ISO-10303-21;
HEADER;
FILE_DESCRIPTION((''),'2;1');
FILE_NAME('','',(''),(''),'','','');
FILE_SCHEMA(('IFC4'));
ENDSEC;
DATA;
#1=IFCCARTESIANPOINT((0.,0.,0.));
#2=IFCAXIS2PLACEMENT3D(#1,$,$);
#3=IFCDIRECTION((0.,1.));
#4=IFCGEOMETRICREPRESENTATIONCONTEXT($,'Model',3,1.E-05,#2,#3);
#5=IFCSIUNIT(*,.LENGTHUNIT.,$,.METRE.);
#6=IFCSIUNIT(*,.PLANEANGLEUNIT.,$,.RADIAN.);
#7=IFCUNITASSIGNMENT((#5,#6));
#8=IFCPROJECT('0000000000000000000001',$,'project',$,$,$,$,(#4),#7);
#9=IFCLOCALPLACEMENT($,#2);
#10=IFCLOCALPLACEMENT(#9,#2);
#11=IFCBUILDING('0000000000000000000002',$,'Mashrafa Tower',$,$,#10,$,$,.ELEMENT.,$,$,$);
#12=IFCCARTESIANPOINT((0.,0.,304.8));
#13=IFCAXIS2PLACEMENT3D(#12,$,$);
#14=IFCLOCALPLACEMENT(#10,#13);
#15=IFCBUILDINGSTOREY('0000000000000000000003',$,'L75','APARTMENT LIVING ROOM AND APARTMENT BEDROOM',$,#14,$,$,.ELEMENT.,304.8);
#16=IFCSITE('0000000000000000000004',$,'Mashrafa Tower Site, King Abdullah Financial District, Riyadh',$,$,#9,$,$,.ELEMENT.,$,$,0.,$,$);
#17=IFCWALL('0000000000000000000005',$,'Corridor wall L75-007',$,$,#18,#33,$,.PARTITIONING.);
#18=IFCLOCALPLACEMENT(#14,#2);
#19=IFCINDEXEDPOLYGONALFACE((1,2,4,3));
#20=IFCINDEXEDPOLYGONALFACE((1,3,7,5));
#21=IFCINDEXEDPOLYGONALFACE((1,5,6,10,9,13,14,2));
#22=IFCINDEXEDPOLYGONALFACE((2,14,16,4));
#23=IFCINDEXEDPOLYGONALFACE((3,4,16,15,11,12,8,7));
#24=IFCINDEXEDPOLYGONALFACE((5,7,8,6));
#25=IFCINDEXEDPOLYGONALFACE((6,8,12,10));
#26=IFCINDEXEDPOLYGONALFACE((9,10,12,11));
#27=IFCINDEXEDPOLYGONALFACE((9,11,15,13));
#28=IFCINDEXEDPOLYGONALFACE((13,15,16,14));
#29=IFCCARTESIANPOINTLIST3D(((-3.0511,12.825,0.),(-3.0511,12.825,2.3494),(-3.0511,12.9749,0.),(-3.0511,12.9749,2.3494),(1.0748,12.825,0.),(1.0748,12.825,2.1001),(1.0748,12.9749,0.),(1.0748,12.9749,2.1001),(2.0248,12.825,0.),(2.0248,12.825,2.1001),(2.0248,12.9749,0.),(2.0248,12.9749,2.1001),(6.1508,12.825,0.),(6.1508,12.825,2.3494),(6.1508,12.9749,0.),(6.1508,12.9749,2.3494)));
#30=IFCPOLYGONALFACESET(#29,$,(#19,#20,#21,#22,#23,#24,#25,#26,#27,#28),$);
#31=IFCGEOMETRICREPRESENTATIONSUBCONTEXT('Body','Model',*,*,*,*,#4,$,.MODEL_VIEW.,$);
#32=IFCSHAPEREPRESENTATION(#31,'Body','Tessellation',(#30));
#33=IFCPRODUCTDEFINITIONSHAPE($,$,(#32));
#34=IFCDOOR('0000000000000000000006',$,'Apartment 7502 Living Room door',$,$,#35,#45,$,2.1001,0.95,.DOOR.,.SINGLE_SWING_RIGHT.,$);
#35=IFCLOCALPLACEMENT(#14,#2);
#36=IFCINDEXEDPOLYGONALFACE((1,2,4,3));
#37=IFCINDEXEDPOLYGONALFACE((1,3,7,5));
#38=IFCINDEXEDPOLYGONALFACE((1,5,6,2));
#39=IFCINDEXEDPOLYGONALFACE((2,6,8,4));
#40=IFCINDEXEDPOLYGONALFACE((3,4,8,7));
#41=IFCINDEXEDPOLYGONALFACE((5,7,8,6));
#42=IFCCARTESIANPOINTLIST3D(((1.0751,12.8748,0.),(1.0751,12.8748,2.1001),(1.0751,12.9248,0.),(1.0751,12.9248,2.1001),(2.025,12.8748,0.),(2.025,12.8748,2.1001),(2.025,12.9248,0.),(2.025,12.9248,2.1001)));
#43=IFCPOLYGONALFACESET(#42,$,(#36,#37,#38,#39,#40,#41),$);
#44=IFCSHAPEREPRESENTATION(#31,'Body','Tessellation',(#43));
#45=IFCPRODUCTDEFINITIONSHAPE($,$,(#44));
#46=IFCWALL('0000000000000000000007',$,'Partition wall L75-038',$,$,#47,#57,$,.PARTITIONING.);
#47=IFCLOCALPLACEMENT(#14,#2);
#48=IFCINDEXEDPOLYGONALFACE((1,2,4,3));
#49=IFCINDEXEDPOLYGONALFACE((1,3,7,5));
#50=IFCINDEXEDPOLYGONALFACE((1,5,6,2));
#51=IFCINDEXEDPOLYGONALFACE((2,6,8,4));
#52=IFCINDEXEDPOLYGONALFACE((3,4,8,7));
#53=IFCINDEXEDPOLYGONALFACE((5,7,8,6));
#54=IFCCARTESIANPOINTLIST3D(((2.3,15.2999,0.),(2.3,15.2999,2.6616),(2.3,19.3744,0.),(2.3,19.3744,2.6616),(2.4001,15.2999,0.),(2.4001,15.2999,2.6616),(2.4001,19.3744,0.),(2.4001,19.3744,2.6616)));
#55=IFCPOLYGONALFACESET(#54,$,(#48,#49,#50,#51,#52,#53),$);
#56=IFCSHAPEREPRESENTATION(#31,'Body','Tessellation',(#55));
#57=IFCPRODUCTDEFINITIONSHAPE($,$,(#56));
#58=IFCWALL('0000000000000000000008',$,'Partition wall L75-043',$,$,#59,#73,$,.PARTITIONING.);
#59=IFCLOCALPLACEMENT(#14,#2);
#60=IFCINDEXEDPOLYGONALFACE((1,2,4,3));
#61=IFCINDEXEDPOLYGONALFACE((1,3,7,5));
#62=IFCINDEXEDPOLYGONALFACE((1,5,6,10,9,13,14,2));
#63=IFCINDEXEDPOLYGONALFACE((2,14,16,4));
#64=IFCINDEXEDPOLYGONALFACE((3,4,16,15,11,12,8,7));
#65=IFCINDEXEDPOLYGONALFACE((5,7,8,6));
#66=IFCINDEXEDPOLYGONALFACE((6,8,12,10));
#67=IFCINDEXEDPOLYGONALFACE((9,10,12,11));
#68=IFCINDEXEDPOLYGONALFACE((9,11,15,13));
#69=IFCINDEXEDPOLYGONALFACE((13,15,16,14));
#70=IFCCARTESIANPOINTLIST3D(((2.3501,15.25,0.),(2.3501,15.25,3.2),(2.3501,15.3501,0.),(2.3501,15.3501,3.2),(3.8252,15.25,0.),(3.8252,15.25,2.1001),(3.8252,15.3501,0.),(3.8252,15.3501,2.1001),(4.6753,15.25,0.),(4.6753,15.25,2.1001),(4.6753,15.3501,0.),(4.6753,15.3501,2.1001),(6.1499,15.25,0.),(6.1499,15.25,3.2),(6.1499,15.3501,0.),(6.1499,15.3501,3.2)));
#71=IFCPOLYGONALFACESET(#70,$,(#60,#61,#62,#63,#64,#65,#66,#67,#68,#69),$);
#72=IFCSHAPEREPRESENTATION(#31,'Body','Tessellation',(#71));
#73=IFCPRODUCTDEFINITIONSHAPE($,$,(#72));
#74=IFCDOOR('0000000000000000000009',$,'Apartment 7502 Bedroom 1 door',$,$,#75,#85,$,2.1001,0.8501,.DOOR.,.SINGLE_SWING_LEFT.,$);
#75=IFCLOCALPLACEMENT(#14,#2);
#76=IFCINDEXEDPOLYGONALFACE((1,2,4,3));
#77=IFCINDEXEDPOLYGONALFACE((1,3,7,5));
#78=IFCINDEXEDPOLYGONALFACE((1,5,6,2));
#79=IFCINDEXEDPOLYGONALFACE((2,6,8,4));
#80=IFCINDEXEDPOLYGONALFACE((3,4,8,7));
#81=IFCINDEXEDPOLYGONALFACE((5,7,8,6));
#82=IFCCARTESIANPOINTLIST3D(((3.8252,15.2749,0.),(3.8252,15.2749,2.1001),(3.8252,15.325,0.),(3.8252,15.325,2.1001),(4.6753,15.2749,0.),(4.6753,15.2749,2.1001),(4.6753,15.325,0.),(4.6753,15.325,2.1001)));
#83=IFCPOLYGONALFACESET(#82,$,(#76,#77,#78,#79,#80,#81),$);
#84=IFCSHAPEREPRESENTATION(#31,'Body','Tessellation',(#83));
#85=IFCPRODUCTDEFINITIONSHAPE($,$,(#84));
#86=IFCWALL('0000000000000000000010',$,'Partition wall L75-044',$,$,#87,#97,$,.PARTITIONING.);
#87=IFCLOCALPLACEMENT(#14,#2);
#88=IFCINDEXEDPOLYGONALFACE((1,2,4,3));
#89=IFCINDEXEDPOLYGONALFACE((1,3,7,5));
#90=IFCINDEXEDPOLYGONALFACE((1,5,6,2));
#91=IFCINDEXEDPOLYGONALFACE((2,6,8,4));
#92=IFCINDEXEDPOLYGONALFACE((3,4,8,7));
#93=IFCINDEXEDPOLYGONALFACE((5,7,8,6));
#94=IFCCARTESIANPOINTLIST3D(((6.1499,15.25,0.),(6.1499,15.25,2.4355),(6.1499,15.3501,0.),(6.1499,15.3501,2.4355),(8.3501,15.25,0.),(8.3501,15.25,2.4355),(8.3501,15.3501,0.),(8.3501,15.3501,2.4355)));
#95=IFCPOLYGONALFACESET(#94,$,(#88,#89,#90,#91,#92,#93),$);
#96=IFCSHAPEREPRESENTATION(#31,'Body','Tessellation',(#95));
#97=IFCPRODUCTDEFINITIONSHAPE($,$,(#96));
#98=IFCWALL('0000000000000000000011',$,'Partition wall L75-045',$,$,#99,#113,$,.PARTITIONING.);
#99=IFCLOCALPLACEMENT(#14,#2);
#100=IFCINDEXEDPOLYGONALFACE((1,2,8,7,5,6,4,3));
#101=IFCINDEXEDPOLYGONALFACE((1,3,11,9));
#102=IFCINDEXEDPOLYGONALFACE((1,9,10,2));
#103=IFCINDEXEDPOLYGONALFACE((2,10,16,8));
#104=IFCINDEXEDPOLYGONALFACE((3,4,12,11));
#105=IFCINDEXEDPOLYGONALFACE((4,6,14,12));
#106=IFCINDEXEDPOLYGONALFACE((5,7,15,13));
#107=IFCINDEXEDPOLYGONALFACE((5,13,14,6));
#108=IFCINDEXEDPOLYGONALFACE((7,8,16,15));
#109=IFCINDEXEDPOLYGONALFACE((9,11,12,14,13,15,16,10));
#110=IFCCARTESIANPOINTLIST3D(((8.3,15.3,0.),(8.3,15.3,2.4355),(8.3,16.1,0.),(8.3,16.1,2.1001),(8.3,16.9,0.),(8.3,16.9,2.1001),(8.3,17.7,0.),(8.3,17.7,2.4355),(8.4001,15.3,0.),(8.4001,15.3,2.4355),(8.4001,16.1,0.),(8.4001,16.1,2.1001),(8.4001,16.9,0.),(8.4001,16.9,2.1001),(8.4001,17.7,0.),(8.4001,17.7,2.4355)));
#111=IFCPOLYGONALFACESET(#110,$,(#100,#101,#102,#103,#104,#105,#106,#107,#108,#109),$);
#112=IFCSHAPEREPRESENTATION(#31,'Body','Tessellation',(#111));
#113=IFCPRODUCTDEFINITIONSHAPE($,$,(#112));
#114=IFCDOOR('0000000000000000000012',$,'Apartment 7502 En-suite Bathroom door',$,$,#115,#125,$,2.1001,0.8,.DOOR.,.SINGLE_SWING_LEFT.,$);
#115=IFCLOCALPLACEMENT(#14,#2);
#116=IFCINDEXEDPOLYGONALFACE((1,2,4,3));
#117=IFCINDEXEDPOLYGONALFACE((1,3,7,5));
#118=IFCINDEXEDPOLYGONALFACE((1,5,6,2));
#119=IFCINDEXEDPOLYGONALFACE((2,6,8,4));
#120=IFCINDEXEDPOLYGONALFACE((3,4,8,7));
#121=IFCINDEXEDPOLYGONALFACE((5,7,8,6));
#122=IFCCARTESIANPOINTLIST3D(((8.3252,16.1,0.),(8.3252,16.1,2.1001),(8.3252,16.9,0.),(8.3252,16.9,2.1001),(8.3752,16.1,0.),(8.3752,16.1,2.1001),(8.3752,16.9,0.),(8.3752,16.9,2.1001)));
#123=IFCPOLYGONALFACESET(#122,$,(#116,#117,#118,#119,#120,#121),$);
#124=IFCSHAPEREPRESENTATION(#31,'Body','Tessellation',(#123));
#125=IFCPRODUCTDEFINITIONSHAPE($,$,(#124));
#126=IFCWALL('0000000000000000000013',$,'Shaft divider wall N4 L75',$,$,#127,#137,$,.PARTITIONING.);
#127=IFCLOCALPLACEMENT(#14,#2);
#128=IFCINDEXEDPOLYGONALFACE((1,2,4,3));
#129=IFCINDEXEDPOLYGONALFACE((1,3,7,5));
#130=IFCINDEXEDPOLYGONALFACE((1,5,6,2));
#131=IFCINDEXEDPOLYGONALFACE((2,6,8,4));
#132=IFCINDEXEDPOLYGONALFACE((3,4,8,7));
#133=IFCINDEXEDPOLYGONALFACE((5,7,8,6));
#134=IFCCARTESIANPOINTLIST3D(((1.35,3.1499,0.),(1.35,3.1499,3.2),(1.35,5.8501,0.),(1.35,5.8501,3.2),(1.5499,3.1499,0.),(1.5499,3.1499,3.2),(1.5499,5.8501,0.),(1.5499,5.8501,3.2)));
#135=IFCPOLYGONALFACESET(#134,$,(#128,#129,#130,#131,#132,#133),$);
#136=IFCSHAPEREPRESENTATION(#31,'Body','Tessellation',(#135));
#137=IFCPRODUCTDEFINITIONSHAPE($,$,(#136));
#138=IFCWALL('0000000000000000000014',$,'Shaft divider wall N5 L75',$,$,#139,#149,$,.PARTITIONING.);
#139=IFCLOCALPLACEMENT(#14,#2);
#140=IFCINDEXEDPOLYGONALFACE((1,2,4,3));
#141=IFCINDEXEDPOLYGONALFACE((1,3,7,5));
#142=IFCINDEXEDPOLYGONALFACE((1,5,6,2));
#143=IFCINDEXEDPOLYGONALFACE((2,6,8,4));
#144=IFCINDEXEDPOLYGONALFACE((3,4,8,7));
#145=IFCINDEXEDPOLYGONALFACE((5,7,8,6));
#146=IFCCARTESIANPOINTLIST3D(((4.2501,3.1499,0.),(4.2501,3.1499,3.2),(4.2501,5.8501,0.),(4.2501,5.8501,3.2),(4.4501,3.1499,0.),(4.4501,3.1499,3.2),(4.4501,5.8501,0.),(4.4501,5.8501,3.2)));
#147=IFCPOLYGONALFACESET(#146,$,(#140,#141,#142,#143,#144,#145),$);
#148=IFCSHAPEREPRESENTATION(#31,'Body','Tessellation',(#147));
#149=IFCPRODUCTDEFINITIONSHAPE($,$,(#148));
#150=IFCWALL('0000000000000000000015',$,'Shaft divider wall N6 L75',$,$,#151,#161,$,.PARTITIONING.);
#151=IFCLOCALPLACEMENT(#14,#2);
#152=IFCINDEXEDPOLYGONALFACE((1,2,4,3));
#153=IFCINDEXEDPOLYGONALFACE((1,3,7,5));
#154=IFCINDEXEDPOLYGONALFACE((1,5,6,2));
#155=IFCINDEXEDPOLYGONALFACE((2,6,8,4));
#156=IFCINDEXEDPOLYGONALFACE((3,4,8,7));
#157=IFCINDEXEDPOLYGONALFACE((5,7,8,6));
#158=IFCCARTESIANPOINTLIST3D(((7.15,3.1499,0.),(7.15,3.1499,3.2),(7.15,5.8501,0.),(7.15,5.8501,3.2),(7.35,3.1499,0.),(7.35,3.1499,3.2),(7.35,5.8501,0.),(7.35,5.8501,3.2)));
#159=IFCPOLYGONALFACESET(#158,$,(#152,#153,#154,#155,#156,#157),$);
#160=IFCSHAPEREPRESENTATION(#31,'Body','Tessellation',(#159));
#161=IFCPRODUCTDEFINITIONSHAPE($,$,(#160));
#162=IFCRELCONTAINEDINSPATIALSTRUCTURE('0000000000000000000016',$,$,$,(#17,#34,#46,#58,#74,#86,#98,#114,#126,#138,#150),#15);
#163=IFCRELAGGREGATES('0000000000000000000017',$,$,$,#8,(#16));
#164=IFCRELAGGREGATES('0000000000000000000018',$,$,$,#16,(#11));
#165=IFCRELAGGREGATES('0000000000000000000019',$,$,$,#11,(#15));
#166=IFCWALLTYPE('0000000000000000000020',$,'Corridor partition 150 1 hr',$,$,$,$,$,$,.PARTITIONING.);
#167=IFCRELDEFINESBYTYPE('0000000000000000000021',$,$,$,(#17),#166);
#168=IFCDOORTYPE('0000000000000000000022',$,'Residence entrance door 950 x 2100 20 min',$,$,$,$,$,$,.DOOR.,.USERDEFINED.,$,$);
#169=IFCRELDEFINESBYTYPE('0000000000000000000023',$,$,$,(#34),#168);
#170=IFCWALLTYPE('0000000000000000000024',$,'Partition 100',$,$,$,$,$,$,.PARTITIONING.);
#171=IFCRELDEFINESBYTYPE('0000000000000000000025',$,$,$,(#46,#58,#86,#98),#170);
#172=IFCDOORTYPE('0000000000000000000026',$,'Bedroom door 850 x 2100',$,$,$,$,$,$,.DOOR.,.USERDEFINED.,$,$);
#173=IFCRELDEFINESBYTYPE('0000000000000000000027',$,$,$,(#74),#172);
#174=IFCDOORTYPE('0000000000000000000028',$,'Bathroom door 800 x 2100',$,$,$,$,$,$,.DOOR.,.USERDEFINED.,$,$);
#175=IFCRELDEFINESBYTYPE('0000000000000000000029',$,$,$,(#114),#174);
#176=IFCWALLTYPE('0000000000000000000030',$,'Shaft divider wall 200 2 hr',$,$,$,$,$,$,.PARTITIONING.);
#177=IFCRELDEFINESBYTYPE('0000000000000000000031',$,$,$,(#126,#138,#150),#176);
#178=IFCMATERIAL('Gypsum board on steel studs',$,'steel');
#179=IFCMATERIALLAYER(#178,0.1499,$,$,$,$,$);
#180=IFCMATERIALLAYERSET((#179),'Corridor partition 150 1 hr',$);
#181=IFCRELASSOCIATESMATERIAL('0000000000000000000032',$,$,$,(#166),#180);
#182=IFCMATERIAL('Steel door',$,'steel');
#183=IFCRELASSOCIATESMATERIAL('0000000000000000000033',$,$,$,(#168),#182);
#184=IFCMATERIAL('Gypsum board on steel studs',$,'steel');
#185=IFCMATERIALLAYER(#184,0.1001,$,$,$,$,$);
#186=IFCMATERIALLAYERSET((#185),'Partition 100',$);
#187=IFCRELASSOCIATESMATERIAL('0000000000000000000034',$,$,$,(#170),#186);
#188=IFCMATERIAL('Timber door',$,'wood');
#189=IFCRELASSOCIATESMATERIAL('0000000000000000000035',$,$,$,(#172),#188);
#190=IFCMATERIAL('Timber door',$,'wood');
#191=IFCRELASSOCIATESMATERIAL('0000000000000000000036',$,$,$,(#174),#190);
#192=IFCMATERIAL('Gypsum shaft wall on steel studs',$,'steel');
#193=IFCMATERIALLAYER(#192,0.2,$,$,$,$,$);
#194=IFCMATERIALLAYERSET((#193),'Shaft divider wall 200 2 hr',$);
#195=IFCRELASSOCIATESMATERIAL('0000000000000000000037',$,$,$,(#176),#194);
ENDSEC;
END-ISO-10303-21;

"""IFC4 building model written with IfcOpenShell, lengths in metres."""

from ifc_helpers import new_model, si_unit, direction, frame, frame_2d, origin, place, context, subcontext, project, spatial, rectangle, extrude, material, layer, layer_set, type_object, element, fill, save


model = new_model("IFC4")

# Units and contexts
model_context = context("Model", 3, precision=1e-05, world=origin(), true_north=direction((0.0, 1.0)))
body_context = subcontext(model_context, "Body", "Model", "MODEL_VIEW")
ifc_project = project(units=[si_unit("LENGTHUNIT", "METRE"), si_unit("PLANEANGLEUNIT", "RADIAN")], contexts=[model_context])

# Site, building, storey
site_placement = place(None, origin())
site = spatial("IfcSite", under=ifc_project, at=site_placement, Name="Mashrafa Tower Site, King Abdullah Financial District, Riyadh", CompositionType="ELEMENT", RefElevation=0.0)
building_placement = place(site_placement, origin())
building = spatial("IfcBuilding", under=site, at=building_placement, Name="Mashrafa Tower", CompositionType="ELEMENT")
storey_placement = place(building_placement, frame((0.0, 0.0, 304.8)))
storey = spatial("IfcBuildingStorey", under=building, at=storey_placement, Name="L75", Description="APARTMENT LIVING ROOM AND APARTMENT BEDROOM", CompositionType="ELEMENT", Elevation=304.8)

# Wall, opening, door
ifc_material_1 = material(Name="Gypsum board on steel studs", Category="steel")
ifc_layer_1 = layer(ifc_material_1, 0.1499)
ifc_layer_set_1 = layer_set([ifc_layer_1], Name="Corridor partition 150 1 hr")
wall_type_1 = type_object("IfcWallType", Name="Corridor partition 150 1 hr", PredefinedType="PARTITIONING", material=ifc_layer_set_1)
wall_1_placement = place(storey_placement, frame((6.1509, 12.8999, 0.0), z_axis=(0.0, 0.0, 1.0), x_axis=(-1.0, 0.0, 0.0)))
wall_1 = element("IfcWall", 1, at=wall_1_placement, inside=storey, type_object=wall_type_1, Name="Corridor wall L75-007", PredefinedType="PARTITIONING", context=body_context, shape_type="SweptSolid", body=[
    extrude(rectangle(XDim=9.2019, YDim=0.1499, at=frame_2d((4.6011, 0.0))), origin(), (0.0, 0.0, 1.0), 2.3494),
])
opening_1_placement = place(wall_1_placement, frame((4.126, 0.0, 0.0)))
opening_1 = element("IfcOpeningElement", 2, at=opening_1_placement, cuts=wall_1, PredefinedType="OPENING", context=body_context, shape_type="SweptSolid", body=[
    extrude(rectangle(XDim=0.95, YDim=2.1001, at=frame_2d((0.4751, 1.05))), frame((0.0, 0.085, 0.0), z_axis=(0.0, -1.0, 0.0), x_axis=(1.0, 0.0, 0.0)), (0.0, 0.0, 1.0), 0.1699),
])
ifc_material_2 = material(Name="Steel door", Category="steel")
door_type_1 = type_object("IfcDoorType", Name="Residence entrance door 950 x 2100 20 min", OperationType="USERDEFINED", PredefinedType="DOOR", material=ifc_material_2)
door_1_placement = place(opening_1_placement, frame((0.95, 0.0, 0.0), z_axis=(0.0, 0.0, 1.0), x_axis=(-1.0, 0.0, 0.0)))
door_1 = element("IfcDoor", 3, at=door_1_placement, inside=storey, type_object=door_type_1, Name="Apartment 7502 Living Room door", OperationType="SINGLE_SWING_RIGHT", OverallHeight=2.1001, OverallWidth=0.95, PredefinedType="DOOR", context=body_context, shape_type="SweptSolid", body=[
    extrude(rectangle(XDim=0.95, YDim=2.1001, at=frame_2d((0.4751, 1.05))), frame((0.0, 0.0249, 0.0), z_axis=(0.0, -1.0, 0.0), x_axis=(1.0, 0.0, 0.0)), (0.0, 0.0, 1.0), 0.05),
])
fill(opening_1, door_1)

# Wall
ifc_material_3 = material(Name="Gypsum board on steel studs", Category="steel")
ifc_layer_2 = layer(ifc_material_3, 0.1001)
ifc_layer_set_2 = layer_set([ifc_layer_2], Name="Partition 100")
wall_type_2 = type_object("IfcWallType", Name="Partition 100", PredefinedType="PARTITIONING", material=ifc_layer_set_2)
wall_2_placement = place(storey_placement, frame((2.3501, 15.3, 0.0), z_axis=(0.0, 0.0, 1.0), x_axis=(0.0, 1.0, 0.0)))
element("IfcWall", 4, at=wall_2_placement, inside=storey, type_object=wall_type_2, Name="Partition wall L75-038", PredefinedType="PARTITIONING", context=body_context, shape_type="SweptSolid", body=[
    extrude(rectangle(XDim=4.0745, YDim=0.1001, at=frame_2d((2.0371, 0.0))), origin(), (0.0, 0.0, 1.0), 2.6616),
])

# Wall, opening, door
wall_3_placement = place(storey_placement, frame((2.3501, 15.3, 0.0), z_axis=(0.0, 0.0, 1.0), x_axis=(1.0, 0.0, 0.0)))
wall_3 = element("IfcWall", 5, at=wall_3_placement, inside=storey, type_object=wall_type_2, Name="Partition wall L75-043", PredefinedType="PARTITIONING", context=body_context, shape_type="SweptSolid", body=[
    extrude(rectangle(XDim=3.7998, YDim=0.1001, at=frame_2d((1.8999, 0.0))), origin(), (0.0, 0.0, 1.0), 3.2),
])
opening_2_placement = place(wall_3_placement, frame((1.4751, 0.0, 0.0)))
opening_2 = element("IfcOpeningElement", 6, at=opening_2_placement, cuts=wall_3, PredefinedType="OPENING", context=body_context, shape_type="SweptSolid", body=[
    extrude(rectangle(XDim=0.8501, YDim=2.1001, at=frame_2d((0.425, 1.05))), frame((0.0, 0.0601, 0.0), z_axis=(0.0, -1.0, 0.0), x_axis=(1.0, 0.0, 0.0)), (0.0, 0.0, 1.0), 0.1201),
])
ifc_material_4 = material(Name="Timber door", Category="wood")
door_type_2 = type_object("IfcDoorType", Name="Bedroom door 850 x 2100", OperationType="USERDEFINED", PredefinedType="DOOR", material=ifc_material_4)
door_2_placement = place(opening_2_placement, origin())
door_2 = element("IfcDoor", 7, at=door_2_placement, inside=storey, type_object=door_type_2, Name="Apartment 7502 Bedroom 1 door", OperationType="SINGLE_SWING_LEFT", OverallHeight=2.1001, OverallWidth=0.8501, PredefinedType="DOOR", context=body_context, shape_type="SweptSolid", body=[
    extrude(rectangle(XDim=0.8501, YDim=2.1001, at=frame_2d((0.425, 1.05))), frame((0.0, 0.0249, 0.0), z_axis=(0.0, -1.0, 0.0), x_axis=(1.0, 0.0, 0.0)), (0.0, 0.0, 1.0), 0.05),
])
fill(opening_2, door_2)

# Wall
wall_4_placement = place(storey_placement, frame((6.1499, 15.3, 0.0), z_axis=(0.0, 0.0, 1.0), x_axis=(1.0, 0.0, 0.0)))
element("IfcWall", 8, at=wall_4_placement, inside=storey, type_object=wall_type_2, Name="Partition wall L75-044", PredefinedType="PARTITIONING", context=body_context, shape_type="SweptSolid", body=[
    extrude(rectangle(XDim=2.2002, YDim=0.1001, at=frame_2d((1.1001, 0.0))), origin(), (0.0, 0.0, 1.0), 2.4355),
])

# Wall, opening, door
wall_5_placement = place(storey_placement, frame((8.3501, 15.3, 0.0), z_axis=(0.0, 0.0, 1.0), x_axis=(0.0, 1.0, 0.0)))
wall_5 = element("IfcWall", 9, at=wall_5_placement, inside=storey, type_object=wall_type_2, Name="Partition wall L75-045", PredefinedType="PARTITIONING", context=body_context, shape_type="SweptSolid", body=[
    extrude(rectangle(XDim=2.3999, YDim=0.1001, at=frame_2d((1.2, 0.0))), origin(), (0.0, 0.0, 1.0), 2.4355),
])
opening_3_placement = place(wall_5_placement, frame((0.8, 0.0, 0.0)))
opening_3 = element("IfcOpeningElement", 10, at=opening_3_placement, cuts=wall_5, PredefinedType="OPENING", context=body_context, shape_type="SweptSolid", body=[
    extrude(rectangle(XDim=0.8, YDim=2.1001, at=frame_2d((0.3999, 1.05))), frame((0.0, 0.0601, 0.0), z_axis=(0.0, -1.0, 0.0), x_axis=(1.0, 0.0, 0.0)), (0.0, 0.0, 1.0), 0.1201),
])
ifc_material_5 = material(Name="Timber door", Category="wood")
door_type_3 = type_object("IfcDoorType", Name="Bathroom door 800 x 2100", OperationType="USERDEFINED", PredefinedType="DOOR", material=ifc_material_5)
door_3_placement = place(opening_3_placement, origin())
door_3 = element("IfcDoor", 11, at=door_3_placement, inside=storey, type_object=door_type_3, Name="Apartment 7502 En-suite Bathroom door", OperationType="SINGLE_SWING_LEFT", OverallHeight=2.1001, OverallWidth=0.8, PredefinedType="DOOR", context=body_context, shape_type="SweptSolid", body=[
    extrude(rectangle(XDim=0.8, YDim=2.1001, at=frame_2d((0.3999, 1.05))), frame((0.0, 0.0249, 0.0), z_axis=(0.0, -1.0, 0.0), x_axis=(1.0, 0.0, 0.0)), (0.0, 0.0, 1.0), 0.05),
])
fill(opening_3, door_3)

# Walls
ifc_material_6 = material(Name="Gypsum shaft wall on steel studs", Category="steel")
ifc_layer_3 = layer(ifc_material_6, 0.2)
ifc_layer_set_3 = layer_set([ifc_layer_3], Name="Shaft divider wall 200 2 hr")
wall_type_3 = type_object("IfcWallType", Name="Shaft divider wall 200 2 hr", PredefinedType="PARTITIONING", material=ifc_layer_set_3)
for number, where, z_axis, x_axis, name in (
    (12, (1.45, 3.1499, 0.0), (0.0, 0.0, 1.0), (0.0, 1.0, 0.0), "Shaft divider wall N4 L75"),
    (13, (4.3501, 3.1499, 0.0), (0.0, 0.0, 1.0), (0.0, 1.0, 0.0), "Shaft divider wall N5 L75"),
    (14, (7.25, 3.1499, 0.0), (0.0, 0.0, 1.0), (0.0, 1.0, 0.0), "Shaft divider wall N6 L75"),
):
    element("IfcWall", number, at=place(storey_placement, frame(where, z_axis=z_axis, x_axis=x_axis)), inside=storey, type_object=wall_type_3, Name=name, PredefinedType="PARTITIONING", context=body_context, shape_type="SweptSolid", body=[
        extrude(rectangle(XDim=2.7002, YDim=0.2, at=frame_2d((1.3501, 0.0))), origin(), (0.0, 0.0, 1.0), 3.2),
    ])

save(model, "model.ifc")
